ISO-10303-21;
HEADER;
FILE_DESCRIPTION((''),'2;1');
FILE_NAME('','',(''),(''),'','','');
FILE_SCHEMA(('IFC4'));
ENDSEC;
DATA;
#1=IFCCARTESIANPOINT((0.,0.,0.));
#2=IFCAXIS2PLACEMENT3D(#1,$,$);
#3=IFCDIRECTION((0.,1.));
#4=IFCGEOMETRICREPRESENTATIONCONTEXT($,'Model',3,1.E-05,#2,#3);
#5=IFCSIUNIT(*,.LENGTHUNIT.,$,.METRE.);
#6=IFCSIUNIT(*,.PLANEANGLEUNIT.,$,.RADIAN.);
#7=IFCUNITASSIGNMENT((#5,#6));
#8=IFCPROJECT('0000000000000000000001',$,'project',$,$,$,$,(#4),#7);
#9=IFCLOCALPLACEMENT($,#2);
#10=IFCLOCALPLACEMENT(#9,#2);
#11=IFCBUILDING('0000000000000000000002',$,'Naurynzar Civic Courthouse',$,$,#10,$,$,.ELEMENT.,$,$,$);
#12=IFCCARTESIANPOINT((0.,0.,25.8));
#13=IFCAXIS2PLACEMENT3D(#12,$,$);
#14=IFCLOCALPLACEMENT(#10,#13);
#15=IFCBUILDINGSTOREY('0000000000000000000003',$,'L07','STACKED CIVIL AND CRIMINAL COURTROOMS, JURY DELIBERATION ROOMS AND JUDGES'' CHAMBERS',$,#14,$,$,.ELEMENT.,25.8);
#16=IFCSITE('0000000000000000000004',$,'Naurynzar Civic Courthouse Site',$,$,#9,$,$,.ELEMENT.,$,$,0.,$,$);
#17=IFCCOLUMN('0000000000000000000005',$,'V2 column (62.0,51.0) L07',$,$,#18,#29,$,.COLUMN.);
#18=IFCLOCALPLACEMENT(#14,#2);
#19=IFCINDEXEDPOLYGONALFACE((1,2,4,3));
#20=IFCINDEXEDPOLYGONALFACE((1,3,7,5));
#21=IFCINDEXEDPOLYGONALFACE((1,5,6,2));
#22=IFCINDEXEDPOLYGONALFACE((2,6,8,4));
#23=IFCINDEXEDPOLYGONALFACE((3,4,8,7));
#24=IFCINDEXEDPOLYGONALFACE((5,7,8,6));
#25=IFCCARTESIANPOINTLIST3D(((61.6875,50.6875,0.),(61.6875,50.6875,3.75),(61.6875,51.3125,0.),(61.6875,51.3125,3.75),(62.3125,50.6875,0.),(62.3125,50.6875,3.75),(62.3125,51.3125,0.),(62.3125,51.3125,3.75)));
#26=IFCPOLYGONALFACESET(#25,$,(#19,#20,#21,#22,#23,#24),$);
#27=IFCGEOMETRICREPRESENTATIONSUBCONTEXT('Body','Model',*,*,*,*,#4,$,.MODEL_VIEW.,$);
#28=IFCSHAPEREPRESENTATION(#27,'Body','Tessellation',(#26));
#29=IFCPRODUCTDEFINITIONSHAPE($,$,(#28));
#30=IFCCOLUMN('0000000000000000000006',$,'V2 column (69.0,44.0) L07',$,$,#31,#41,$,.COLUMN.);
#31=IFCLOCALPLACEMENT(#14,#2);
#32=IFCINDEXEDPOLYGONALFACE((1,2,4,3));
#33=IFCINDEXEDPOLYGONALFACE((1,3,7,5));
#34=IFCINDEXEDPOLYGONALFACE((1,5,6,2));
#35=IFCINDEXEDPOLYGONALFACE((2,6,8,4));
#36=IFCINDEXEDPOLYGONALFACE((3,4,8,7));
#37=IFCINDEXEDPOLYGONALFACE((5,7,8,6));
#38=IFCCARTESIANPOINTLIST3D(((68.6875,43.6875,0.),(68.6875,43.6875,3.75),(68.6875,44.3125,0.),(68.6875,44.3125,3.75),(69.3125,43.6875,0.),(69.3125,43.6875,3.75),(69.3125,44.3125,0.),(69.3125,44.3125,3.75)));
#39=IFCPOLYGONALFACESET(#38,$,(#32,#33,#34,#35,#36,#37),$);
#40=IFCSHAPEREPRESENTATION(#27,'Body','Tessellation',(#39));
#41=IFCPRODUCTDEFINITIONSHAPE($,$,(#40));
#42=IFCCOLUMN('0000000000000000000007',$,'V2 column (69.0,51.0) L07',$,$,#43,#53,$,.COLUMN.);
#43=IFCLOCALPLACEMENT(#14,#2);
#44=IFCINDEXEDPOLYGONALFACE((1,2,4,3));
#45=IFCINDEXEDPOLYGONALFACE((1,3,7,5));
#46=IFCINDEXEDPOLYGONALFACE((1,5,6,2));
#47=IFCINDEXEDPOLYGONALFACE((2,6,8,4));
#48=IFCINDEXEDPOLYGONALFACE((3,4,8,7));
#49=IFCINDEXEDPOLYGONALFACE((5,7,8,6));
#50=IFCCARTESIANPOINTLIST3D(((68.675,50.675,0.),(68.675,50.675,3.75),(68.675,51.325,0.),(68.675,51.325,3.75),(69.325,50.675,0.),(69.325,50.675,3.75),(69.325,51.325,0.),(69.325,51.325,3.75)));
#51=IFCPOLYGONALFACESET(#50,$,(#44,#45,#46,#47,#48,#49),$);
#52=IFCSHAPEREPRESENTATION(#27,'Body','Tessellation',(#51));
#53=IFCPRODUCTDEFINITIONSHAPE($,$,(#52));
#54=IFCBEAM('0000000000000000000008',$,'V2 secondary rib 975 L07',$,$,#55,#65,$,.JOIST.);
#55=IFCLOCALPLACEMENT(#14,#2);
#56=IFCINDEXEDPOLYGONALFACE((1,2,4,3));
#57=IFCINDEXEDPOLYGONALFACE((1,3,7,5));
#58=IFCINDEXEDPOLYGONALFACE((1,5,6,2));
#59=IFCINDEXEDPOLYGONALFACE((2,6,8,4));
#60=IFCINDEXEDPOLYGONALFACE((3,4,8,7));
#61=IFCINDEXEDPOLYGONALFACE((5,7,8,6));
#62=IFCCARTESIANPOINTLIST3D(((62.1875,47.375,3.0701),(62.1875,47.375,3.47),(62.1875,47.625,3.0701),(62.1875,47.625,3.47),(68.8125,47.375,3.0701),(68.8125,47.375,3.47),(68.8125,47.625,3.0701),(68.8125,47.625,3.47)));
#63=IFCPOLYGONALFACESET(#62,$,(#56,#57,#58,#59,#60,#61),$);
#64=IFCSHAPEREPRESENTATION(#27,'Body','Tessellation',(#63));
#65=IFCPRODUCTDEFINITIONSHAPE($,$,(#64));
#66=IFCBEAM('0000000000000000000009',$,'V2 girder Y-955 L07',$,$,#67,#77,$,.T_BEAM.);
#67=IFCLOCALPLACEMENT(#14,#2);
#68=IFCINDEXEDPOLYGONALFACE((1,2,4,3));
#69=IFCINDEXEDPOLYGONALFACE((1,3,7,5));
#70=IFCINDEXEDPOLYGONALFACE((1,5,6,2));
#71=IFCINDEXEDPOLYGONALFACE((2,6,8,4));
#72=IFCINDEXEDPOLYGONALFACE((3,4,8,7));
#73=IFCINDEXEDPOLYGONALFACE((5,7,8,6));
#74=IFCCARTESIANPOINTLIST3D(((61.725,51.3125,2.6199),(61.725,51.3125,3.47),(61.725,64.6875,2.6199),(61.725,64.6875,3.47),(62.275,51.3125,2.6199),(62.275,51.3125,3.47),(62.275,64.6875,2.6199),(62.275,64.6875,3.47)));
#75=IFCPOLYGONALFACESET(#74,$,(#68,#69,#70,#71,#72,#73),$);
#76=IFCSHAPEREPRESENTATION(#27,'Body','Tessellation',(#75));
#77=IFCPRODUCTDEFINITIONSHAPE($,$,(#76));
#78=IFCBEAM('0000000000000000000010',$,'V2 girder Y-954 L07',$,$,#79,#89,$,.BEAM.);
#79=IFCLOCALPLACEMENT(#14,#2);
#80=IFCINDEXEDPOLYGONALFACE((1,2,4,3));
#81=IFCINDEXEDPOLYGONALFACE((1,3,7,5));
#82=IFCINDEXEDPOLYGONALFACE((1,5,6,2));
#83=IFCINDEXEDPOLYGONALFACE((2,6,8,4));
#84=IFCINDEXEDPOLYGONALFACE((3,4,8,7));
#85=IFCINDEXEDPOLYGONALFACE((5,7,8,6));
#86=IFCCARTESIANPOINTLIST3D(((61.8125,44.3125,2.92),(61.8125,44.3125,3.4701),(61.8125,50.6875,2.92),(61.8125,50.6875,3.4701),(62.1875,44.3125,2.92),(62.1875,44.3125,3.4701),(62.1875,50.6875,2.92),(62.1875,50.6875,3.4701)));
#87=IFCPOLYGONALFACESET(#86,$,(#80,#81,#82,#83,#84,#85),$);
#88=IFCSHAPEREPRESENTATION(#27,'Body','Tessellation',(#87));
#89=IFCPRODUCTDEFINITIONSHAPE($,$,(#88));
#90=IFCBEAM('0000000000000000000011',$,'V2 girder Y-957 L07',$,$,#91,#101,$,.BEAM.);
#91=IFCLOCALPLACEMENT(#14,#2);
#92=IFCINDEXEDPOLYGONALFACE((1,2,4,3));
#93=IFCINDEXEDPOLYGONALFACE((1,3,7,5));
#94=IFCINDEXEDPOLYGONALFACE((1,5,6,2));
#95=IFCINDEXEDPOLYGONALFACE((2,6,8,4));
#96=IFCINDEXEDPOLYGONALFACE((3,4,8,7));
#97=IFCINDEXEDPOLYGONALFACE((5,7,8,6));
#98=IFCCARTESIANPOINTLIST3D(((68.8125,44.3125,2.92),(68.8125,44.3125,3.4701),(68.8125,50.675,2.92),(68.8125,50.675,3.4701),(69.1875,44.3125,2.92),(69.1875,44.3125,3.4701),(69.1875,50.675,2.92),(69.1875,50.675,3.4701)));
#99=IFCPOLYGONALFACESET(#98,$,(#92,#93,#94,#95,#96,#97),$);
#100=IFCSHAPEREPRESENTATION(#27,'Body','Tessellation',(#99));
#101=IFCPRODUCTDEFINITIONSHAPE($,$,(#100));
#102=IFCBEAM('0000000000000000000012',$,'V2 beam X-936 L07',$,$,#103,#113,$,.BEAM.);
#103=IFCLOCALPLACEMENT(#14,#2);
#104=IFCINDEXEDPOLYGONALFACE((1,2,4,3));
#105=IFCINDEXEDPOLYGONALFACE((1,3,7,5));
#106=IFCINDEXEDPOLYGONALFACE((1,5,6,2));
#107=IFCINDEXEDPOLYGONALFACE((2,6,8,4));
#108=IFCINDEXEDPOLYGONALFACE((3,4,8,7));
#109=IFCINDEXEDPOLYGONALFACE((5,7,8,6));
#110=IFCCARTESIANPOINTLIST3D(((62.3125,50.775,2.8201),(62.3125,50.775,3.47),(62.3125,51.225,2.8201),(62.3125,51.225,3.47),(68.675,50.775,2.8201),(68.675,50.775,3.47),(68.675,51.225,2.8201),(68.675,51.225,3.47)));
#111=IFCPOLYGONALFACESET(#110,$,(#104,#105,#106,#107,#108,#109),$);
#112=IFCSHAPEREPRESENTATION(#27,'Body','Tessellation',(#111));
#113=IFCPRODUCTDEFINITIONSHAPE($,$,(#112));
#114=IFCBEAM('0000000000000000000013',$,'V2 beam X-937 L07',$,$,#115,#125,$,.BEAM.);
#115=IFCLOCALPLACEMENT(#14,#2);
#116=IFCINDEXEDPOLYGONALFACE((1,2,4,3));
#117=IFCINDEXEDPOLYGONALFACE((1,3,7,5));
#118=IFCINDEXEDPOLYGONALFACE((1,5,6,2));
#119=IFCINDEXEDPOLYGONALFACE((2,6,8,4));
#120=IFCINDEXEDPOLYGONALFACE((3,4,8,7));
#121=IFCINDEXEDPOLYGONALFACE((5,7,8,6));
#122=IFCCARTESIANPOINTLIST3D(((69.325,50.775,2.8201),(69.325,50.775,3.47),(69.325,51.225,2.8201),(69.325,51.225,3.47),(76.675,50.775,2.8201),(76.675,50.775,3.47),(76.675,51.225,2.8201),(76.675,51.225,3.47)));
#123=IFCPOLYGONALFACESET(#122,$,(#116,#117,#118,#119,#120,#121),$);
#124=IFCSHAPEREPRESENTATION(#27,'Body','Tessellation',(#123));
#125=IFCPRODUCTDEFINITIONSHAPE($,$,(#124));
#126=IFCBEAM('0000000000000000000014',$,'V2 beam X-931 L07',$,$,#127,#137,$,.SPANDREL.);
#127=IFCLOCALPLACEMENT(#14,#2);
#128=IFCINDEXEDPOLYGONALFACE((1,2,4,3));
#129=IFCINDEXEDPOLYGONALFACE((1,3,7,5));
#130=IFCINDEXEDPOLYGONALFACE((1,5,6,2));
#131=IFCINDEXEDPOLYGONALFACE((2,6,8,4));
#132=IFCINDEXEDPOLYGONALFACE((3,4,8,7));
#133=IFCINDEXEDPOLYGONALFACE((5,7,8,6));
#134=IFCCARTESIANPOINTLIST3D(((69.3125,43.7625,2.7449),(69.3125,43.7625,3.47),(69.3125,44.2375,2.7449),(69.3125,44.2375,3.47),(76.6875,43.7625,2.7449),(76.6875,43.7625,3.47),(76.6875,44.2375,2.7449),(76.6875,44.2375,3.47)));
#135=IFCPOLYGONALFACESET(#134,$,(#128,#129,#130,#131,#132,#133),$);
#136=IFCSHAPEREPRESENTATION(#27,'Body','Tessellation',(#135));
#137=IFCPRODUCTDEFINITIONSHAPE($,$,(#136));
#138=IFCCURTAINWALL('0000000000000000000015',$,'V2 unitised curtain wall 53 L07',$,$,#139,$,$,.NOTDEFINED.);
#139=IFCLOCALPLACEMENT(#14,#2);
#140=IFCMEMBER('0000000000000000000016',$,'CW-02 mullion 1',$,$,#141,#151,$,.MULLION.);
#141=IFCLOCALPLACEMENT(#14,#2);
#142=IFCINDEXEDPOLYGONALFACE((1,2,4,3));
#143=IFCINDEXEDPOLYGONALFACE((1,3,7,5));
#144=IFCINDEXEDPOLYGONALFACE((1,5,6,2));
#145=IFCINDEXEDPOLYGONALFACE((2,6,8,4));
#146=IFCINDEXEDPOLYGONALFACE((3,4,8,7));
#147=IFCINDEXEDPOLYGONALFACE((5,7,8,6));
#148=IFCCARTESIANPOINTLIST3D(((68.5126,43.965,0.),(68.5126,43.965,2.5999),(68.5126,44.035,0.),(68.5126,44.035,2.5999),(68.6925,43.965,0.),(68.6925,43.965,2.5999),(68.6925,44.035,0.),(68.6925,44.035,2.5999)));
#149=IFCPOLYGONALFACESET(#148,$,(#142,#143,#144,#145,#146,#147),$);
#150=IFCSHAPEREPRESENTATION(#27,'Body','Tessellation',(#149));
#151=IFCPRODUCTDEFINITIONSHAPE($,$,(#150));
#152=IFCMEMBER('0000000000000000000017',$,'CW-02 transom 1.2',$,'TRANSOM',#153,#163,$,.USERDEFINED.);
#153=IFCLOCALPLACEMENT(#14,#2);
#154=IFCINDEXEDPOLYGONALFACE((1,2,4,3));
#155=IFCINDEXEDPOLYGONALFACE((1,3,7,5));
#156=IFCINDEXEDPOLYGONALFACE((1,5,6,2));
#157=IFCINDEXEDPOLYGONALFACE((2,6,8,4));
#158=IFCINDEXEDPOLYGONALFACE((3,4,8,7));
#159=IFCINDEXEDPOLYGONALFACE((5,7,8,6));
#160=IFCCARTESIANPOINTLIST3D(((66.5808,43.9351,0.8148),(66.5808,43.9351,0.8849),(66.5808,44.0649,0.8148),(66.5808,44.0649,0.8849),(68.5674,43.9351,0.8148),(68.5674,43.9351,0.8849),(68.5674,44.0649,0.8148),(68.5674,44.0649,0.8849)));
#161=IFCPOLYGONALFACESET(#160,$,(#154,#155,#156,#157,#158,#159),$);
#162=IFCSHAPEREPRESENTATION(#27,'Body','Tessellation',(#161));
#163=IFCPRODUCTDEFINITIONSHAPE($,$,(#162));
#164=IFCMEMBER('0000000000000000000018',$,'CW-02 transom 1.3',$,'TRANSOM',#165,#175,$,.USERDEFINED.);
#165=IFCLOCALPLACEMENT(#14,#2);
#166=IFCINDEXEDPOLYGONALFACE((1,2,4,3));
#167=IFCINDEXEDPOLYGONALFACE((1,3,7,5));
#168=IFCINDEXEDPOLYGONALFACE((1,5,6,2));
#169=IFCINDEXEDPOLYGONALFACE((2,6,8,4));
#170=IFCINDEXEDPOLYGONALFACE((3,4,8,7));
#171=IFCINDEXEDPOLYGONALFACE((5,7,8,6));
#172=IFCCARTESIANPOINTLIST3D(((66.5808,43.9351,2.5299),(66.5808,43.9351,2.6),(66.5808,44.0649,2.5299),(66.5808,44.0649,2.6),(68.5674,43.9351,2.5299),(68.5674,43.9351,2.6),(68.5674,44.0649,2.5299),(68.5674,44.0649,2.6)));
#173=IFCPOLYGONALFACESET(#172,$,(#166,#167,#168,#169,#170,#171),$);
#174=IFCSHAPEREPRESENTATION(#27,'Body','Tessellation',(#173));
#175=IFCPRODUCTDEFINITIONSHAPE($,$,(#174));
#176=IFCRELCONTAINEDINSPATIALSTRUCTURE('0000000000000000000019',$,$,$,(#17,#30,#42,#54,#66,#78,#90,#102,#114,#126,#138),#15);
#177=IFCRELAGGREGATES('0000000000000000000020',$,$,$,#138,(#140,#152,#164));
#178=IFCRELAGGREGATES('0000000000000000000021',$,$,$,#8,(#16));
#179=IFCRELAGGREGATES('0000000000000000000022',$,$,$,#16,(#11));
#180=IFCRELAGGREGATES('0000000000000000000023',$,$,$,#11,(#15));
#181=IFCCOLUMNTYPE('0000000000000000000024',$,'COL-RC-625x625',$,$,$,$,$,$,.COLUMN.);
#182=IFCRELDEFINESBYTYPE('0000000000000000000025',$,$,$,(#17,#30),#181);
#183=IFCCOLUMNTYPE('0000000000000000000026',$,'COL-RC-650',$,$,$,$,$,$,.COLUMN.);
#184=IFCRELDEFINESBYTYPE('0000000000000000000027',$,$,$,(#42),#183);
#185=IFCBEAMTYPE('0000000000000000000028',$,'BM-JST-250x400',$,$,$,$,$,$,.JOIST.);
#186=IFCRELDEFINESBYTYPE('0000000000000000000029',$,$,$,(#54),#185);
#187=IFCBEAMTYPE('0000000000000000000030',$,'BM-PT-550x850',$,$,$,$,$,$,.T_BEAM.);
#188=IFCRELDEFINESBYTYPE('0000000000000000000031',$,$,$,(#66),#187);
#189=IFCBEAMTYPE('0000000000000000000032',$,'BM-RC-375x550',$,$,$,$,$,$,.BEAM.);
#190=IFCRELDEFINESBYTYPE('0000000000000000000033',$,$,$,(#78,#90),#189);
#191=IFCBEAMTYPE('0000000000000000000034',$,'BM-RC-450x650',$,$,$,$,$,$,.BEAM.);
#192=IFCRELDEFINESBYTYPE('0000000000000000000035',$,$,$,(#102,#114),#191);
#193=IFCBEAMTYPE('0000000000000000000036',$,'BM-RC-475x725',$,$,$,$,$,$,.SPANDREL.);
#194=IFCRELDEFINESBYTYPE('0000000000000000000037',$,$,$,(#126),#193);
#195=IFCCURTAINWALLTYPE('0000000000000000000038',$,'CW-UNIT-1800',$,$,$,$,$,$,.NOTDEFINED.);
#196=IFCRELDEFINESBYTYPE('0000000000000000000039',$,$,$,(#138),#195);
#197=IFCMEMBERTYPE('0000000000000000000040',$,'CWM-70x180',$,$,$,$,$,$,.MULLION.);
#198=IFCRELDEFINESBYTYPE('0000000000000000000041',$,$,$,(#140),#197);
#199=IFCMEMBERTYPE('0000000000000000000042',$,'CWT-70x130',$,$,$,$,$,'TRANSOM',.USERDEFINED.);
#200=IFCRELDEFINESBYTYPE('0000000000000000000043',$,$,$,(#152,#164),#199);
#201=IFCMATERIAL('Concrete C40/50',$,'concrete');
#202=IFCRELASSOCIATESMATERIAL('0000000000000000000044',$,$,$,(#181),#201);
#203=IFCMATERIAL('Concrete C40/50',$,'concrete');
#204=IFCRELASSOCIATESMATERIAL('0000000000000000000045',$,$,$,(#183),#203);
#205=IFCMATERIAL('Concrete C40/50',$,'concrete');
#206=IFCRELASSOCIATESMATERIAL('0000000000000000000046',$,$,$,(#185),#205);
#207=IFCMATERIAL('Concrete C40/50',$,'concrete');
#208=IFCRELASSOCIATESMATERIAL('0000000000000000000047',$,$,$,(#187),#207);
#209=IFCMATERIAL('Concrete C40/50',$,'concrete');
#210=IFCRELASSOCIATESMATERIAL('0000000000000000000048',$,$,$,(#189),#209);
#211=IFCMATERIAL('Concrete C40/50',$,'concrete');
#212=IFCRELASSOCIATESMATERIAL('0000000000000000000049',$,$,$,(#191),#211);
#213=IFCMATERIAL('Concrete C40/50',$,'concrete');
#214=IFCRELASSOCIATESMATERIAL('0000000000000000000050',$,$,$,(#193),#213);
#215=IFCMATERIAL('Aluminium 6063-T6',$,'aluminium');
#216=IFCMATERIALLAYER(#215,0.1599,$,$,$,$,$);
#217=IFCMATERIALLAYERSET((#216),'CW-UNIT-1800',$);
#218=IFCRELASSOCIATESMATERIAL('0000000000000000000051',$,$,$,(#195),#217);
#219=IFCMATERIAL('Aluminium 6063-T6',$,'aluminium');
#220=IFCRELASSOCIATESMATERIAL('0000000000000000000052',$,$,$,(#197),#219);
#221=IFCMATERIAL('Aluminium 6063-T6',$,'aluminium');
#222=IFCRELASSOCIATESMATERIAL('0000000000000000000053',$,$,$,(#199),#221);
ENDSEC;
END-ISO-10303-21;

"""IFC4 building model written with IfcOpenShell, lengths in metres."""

from ifc_helpers import new_model, si_unit, direction, frame, origin, origin_2d, place, context, subcontext, project, spatial, rectangle, extrude, material, layer, layer_set, material_profile, profile_set, type_object, element, aggregate, save


model = new_model("IFC4")

# Units and contexts
model_context = context("Model", 3, precision=1e-05, world=origin(), true_north=direction((0.0, 1.0)))
body_context = subcontext(model_context, "Body", "Model", "MODEL_VIEW")
ifc_project = project(units=[si_unit("LENGTHUNIT", "METRE"), si_unit("PLANEANGLEUNIT", "RADIAN")], contexts=[model_context])

# Site, building, storey
site_placement = place(None, origin())
site = spatial("IfcSite", under=ifc_project, at=site_placement, Name="Naurynzar Civic Courthouse Site", CompositionType="ELEMENT", RefElevation=0.0)
building_placement = place(site_placement, origin())
building = spatial("IfcBuilding", under=site, at=building_placement, Name="Naurynzar Civic Courthouse", CompositionType="ELEMENT")
storey_placement = place(building_placement, frame((0.0, 0.0, 25.8)))
storey = spatial("IfcBuildingStorey", under=building, at=storey_placement, Name="L07", Description="STACKED CIVIL AND CRIMINAL COURTROOMS, JURY DELIBERATION ROOMS AND JUDGES' CHAMBERS", CompositionType="ELEMENT", Elevation=25.8)

# Columns
ifc_material_1 = material(Name="Concrete C40/50", Category="concrete")
ifc_material_profile_1 = material_profile(ifc_material_1, rectangle(XDim=0.625, YDim=0.625, at=origin_2d()), Name="RC 625x625")
ifc_profile_set_1 = profile_set([ifc_material_profile_1], Name="Concrete C40/50")
column_type_1 = type_object("IfcColumnType", Name="COL-RC-625x625", PredefinedType="COLUMN", material=ifc_profile_set_1)
for number, where, z_axis, x_axis, name in (
    (1, (62.0, 51.0, 0.0), (0.0, 0.0, 1.0), (1.0, 0.0, 0.0), "V2 column (62.0,51.0) L07"),
    (2, (69.0, 44.0, 0.0), (0.0, 0.0, 1.0), (1.0, 0.0, 0.0), "V2 column (69.0,44.0) L07"),
):
    element("IfcColumn", number, at=place(storey_placement, frame(where, z_axis=z_axis, x_axis=x_axis)), inside=storey, type_object=column_type_1, Name=name, PredefinedType="COLUMN", context=body_context, shape_type="SweptSolid", body=[
        extrude(rectangle(XDim=0.625, YDim=0.625, at=origin_2d()), origin(), (0.0, 0.0, 1.0), 3.75),
    ])
ifc_material_2 = material(Name="Concrete C40/50", Category="concrete")
ifc_material_profile_2 = material_profile(ifc_material_2, rectangle(XDim=0.6499, YDim=0.6499, at=origin_2d()), Name="RC 650x650")
ifc_profile_set_2 = profile_set([ifc_material_profile_2], Name="Concrete C40/50")
column_type_2 = type_object("IfcColumnType", Name="COL-RC-650", PredefinedType="COLUMN", material=ifc_profile_set_2)
column_placement = place(storey_placement, frame((69.0, 51.0, 0.0), z_axis=(0.0, 0.0, 1.0), x_axis=(1.0, 0.0, 0.0)))
element("IfcColumn", 3, at=column_placement, inside=storey, type_object=column_type_2, Name="V2 column (69.0,51.0) L07", PredefinedType="COLUMN", context=body_context, shape_type="SweptSolid", body=[
    extrude(rectangle(XDim=0.6499, YDim=0.6499, at=origin_2d()), origin(), (0.0, 0.0, 1.0), 3.75),
])

# Beams
ifc_material_3 = material(Name="Concrete C40/50", Category="concrete")
ifc_material_profile_3 = material_profile(ifc_material_3, rectangle(XDim=0.25, YDim=0.3999, at=origin_2d()), Name="RCB 250x400")
ifc_profile_set_3 = profile_set([ifc_material_profile_3], Name="Concrete C40/50")
beam_type_1 = type_object("IfcBeamType", Name="BM-JST-250x400", PredefinedType="JOIST", material=ifc_profile_set_3)
beam_1_placement = place(storey_placement, frame((62.1875, 47.5, 3.27), z_axis=(1.0, 0.0, 0.0), x_axis=(0.0, 1.0, 0.0)))
element("IfcBeam", 4, at=beam_1_placement, inside=storey, type_object=beam_type_1, Name="V2 secondary rib 975 L07", PredefinedType="JOIST", context=body_context, shape_type="SweptSolid", body=[
    extrude(rectangle(XDim=0.25, YDim=0.3999, at=origin_2d()), origin(), (0.0, 0.0, 1.0), 6.625),
])
ifc_material_4 = material(Name="Concrete C40/50", Category="concrete")
ifc_material_profile_4 = material_profile(ifc_material_4, rectangle(XDim=0.55, YDim=0.8501, at=origin_2d()), Name="PTB 550x850")
ifc_profile_set_4 = profile_set([ifc_material_profile_4], Name="Concrete C40/50")
beam_type_2 = type_object("IfcBeamType", Name="BM-PT-550x850", PredefinedType="T_BEAM", material=ifc_profile_set_4)
beam_2_placement = place(storey_placement, frame((62.0, 51.3125, 3.0449), z_axis=(0.0, 1.0, 0.0), x_axis=(-1.0, 0.0, 0.0)))
element("IfcBeam", 5, at=beam_2_placement, inside=storey, type_object=beam_type_2, Name="V2 girder Y-955 L07", PredefinedType="T_BEAM", context=body_context, shape_type="SweptSolid", body=[
    extrude(rectangle(XDim=0.55, YDim=0.8501, at=origin_2d()), origin(), (0.0, 0.0, 1.0), 13.375),
])
ifc_material_5 = material(Name="Concrete C40/50", Category="concrete")
ifc_material_profile_5 = material_profile(ifc_material_5, rectangle(XDim=0.375, YDim=0.55, at=origin_2d()), Name="RCB 375x550")
ifc_profile_set_5 = profile_set([ifc_material_profile_5], Name="Concrete C40/50")
beam_type_3 = type_object("IfcBeamType", Name="BM-RC-375x550", PredefinedType="BEAM", material=ifc_profile_set_5)
beam_3_placement = place(storey_placement, frame((62.0, 44.3125, 3.1951), z_axis=(0.0, 1.0, 0.0), x_axis=(-1.0, 0.0, 0.0)))
element("IfcBeam", 6, at=beam_3_placement, inside=storey, type_object=beam_type_3, Name="V2 girder Y-954 L07", PredefinedType="BEAM", context=body_context, shape_type="SweptSolid", body=[
    extrude(rectangle(XDim=0.375, YDim=0.55, at=origin_2d()), origin(), (0.0, 0.0, 1.0), 6.375),
])
beam_4_placement = place(storey_placement, frame((69.0, 44.3125, 3.1951), z_axis=(0.0, 1.0, 0.0), x_axis=(-1.0, 0.0, 0.0)))
element("IfcBeam", 7, at=beam_4_placement, inside=storey, type_object=beam_type_3, Name="V2 girder Y-957 L07", PredefinedType="BEAM", context=body_context, shape_type="SweptSolid", body=[
    extrude(rectangle(XDim=0.375, YDim=0.55, at=origin_2d()), origin(), (0.0, 0.0, 1.0), 6.3625),
])
ifc_material_6 = material(Name="Concrete C40/50", Category="concrete")
ifc_material_profile_6 = material_profile(ifc_material_6, rectangle(XDim=0.45, YDim=0.6499, at=origin_2d()), Name="RCB 450x650")
ifc_profile_set_6 = profile_set([ifc_material_profile_6], Name="Concrete C40/50")
beam_type_4 = type_object("IfcBeamType", Name="BM-RC-450x650", PredefinedType="BEAM", material=ifc_profile_set_6)
beam_5_placement = place(storey_placement, frame((62.3125, 51.0, 3.145), z_axis=(1.0, 0.0, 0.0), x_axis=(0.0, 1.0, 0.0)))
element("IfcBeam", 8, at=beam_5_placement, inside=storey, type_object=beam_type_4, Name="V2 beam X-936 L07", PredefinedType="BEAM", context=body_context, shape_type="SweptSolid", body=[
    extrude(rectangle(XDim=0.45, YDim=0.6499, at=origin_2d()), origin(), (0.0, 0.0, 1.0), 6.3625),
])
beam_6_placement = place(storey_placement, frame((69.325, 51.0, 3.145), z_axis=(1.0, 0.0, 0.0), x_axis=(0.0, 1.0, 0.0)))
element("IfcBeam", 9, at=beam_6_placement, inside=storey, type_object=beam_type_4, Name="V2 beam X-937 L07", PredefinedType="BEAM", context=body_context, shape_type="SweptSolid", body=[
    extrude(rectangle(XDim=0.45, YDim=0.6499, at=origin_2d()), origin(), (0.0, 0.0, 1.0), 7.3501),
])
ifc_material_7 = material(Name="Concrete C40/50", Category="concrete")
ifc_material_profile_7 = material_profile(ifc_material_7, rectangle(XDim=0.4751, YDim=0.7251, at=origin_2d()), Name="RCB 475x725")
ifc_profile_set_7 = profile_set([ifc_material_profile_7], Name="Concrete C40/50")
beam_type_5 = type_object("IfcBeamType", Name="BM-RC-475x725", PredefinedType="SPANDREL", material=ifc_profile_set_7)
beam_7_placement = place(storey_placement, frame((69.3125, 44.0, 3.1074), z_axis=(1.0, 0.0, 0.0), x_axis=(0.0, 1.0, 0.0)))
element("IfcBeam", 10, at=beam_7_placement, inside=storey, type_object=beam_type_5, Name="V2 beam X-931 L07", PredefinedType="SPANDREL", context=body_context, shape_type="SweptSolid", body=[
    extrude(rectangle(XDim=0.4751, YDim=0.7251, at=origin_2d()), origin(), (0.0, 0.0, 1.0), 7.375),
])

# Curtain wall, members
ifc_material_8 = material(Name="Aluminium 6063-T6", Category="aluminium")
ifc_layer_1 = layer(ifc_material_8, 0.1599)
ifc_layer_set_1 = layer_set([ifc_layer_1], Name="CW-UNIT-1800")
curtain_wall_type = type_object("IfcCurtainWallType", Name="CW-UNIT-1800", PredefinedType="NOTDEFINED", material=ifc_layer_set_1)
curtain_wall_placement = place(storey_placement, origin())
curtain_wall = element("IfcCurtainWall", 11, at=curtain_wall_placement, inside=storey, type_object=curtain_wall_type, Name="V2 unitised curtain wall 53 L07", PredefinedType="NOTDEFINED")
ifc_material_9 = material(Name="Aluminium 6063-T6", Category="aluminium")
ifc_material_profile_8 = material_profile(ifc_material_9, rectangle(XDim=0.0701, YDim=0.1799, at=origin_2d()), Name="ALU MULLION 70x180")
ifc_profile_set_8 = profile_set([ifc_material_profile_8], Name="Aluminium 6063-T6")
member_type_1 = type_object("IfcMemberType", Name="CWM-70x180", PredefinedType="MULLION", material=ifc_profile_set_8)
member_1_placement = place(storey_placement, frame((68.6025, 44.0, 0.0), z_axis=(0.0, 0.0, 1.0), x_axis=(0.0, -1.0, 0.0)))
member_1 = element("IfcMember", 12, at=member_1_placement, type_object=member_type_1, Name="CW-02 mullion 1", PredefinedType="MULLION", context=body_context, shape_type="SweptSolid", body=[
    extrude(rectangle(XDim=0.0701, YDim=0.1799, at=origin_2d()), origin(), (0.0, 0.0, 1.0), 2.5999),
])
ifc_material_10 = material(Name="Aluminium 6063-T6", Category="aluminium")
ifc_material_profile_9 = material_profile(ifc_material_10, rectangle(XDim=0.1299, YDim=0.0701, at=origin_2d()), Name="ALU TRANSOM 70x130")
ifc_profile_set_9 = profile_set([ifc_material_profile_9], Name="Aluminium 6063-T6")
member_type_2 = type_object("IfcMemberType", Name="CWT-70x130", ElementType="TRANSOM", PredefinedType="USERDEFINED", material=ifc_profile_set_9)
member_2_placement = place(storey_placement, frame((68.5674, 44.0, 0.8499), z_axis=(-1.0, 0.0, 0.0), x_axis=(0.0, -1.0, 0.0)))
member_2 = element("IfcMember", 13, at=member_2_placement, type_object=member_type_2, Name="CW-02 transom 1.2", ObjectType="TRANSOM", PredefinedType="USERDEFINED", context=body_context, shape_type="SweptSolid", body=[
    extrude(rectangle(XDim=0.1299, YDim=0.0701, at=origin_2d()), origin(), (0.0, 0.0, 1.0), 1.9866),
])
member_3_placement = place(storey_placement, frame((68.5674, 44.0, 2.5649), z_axis=(-1.0, 0.0, 0.0), x_axis=(0.0, -1.0, 0.0)))
member_3 = element("IfcMember", 14, at=member_3_placement, type_object=member_type_2, Name="CW-02 transom 1.3", ObjectType="TRANSOM", PredefinedType="USERDEFINED", context=body_context, shape_type="SweptSolid", body=[
    extrude(rectangle(XDim=0.1299, YDim=0.0701, at=origin_2d()), origin(), (0.0, 0.0, 1.0), 1.9866),
])
aggregate(curtain_wall, [member_1, member_2, member_3])

save(model, "model.ifc")
